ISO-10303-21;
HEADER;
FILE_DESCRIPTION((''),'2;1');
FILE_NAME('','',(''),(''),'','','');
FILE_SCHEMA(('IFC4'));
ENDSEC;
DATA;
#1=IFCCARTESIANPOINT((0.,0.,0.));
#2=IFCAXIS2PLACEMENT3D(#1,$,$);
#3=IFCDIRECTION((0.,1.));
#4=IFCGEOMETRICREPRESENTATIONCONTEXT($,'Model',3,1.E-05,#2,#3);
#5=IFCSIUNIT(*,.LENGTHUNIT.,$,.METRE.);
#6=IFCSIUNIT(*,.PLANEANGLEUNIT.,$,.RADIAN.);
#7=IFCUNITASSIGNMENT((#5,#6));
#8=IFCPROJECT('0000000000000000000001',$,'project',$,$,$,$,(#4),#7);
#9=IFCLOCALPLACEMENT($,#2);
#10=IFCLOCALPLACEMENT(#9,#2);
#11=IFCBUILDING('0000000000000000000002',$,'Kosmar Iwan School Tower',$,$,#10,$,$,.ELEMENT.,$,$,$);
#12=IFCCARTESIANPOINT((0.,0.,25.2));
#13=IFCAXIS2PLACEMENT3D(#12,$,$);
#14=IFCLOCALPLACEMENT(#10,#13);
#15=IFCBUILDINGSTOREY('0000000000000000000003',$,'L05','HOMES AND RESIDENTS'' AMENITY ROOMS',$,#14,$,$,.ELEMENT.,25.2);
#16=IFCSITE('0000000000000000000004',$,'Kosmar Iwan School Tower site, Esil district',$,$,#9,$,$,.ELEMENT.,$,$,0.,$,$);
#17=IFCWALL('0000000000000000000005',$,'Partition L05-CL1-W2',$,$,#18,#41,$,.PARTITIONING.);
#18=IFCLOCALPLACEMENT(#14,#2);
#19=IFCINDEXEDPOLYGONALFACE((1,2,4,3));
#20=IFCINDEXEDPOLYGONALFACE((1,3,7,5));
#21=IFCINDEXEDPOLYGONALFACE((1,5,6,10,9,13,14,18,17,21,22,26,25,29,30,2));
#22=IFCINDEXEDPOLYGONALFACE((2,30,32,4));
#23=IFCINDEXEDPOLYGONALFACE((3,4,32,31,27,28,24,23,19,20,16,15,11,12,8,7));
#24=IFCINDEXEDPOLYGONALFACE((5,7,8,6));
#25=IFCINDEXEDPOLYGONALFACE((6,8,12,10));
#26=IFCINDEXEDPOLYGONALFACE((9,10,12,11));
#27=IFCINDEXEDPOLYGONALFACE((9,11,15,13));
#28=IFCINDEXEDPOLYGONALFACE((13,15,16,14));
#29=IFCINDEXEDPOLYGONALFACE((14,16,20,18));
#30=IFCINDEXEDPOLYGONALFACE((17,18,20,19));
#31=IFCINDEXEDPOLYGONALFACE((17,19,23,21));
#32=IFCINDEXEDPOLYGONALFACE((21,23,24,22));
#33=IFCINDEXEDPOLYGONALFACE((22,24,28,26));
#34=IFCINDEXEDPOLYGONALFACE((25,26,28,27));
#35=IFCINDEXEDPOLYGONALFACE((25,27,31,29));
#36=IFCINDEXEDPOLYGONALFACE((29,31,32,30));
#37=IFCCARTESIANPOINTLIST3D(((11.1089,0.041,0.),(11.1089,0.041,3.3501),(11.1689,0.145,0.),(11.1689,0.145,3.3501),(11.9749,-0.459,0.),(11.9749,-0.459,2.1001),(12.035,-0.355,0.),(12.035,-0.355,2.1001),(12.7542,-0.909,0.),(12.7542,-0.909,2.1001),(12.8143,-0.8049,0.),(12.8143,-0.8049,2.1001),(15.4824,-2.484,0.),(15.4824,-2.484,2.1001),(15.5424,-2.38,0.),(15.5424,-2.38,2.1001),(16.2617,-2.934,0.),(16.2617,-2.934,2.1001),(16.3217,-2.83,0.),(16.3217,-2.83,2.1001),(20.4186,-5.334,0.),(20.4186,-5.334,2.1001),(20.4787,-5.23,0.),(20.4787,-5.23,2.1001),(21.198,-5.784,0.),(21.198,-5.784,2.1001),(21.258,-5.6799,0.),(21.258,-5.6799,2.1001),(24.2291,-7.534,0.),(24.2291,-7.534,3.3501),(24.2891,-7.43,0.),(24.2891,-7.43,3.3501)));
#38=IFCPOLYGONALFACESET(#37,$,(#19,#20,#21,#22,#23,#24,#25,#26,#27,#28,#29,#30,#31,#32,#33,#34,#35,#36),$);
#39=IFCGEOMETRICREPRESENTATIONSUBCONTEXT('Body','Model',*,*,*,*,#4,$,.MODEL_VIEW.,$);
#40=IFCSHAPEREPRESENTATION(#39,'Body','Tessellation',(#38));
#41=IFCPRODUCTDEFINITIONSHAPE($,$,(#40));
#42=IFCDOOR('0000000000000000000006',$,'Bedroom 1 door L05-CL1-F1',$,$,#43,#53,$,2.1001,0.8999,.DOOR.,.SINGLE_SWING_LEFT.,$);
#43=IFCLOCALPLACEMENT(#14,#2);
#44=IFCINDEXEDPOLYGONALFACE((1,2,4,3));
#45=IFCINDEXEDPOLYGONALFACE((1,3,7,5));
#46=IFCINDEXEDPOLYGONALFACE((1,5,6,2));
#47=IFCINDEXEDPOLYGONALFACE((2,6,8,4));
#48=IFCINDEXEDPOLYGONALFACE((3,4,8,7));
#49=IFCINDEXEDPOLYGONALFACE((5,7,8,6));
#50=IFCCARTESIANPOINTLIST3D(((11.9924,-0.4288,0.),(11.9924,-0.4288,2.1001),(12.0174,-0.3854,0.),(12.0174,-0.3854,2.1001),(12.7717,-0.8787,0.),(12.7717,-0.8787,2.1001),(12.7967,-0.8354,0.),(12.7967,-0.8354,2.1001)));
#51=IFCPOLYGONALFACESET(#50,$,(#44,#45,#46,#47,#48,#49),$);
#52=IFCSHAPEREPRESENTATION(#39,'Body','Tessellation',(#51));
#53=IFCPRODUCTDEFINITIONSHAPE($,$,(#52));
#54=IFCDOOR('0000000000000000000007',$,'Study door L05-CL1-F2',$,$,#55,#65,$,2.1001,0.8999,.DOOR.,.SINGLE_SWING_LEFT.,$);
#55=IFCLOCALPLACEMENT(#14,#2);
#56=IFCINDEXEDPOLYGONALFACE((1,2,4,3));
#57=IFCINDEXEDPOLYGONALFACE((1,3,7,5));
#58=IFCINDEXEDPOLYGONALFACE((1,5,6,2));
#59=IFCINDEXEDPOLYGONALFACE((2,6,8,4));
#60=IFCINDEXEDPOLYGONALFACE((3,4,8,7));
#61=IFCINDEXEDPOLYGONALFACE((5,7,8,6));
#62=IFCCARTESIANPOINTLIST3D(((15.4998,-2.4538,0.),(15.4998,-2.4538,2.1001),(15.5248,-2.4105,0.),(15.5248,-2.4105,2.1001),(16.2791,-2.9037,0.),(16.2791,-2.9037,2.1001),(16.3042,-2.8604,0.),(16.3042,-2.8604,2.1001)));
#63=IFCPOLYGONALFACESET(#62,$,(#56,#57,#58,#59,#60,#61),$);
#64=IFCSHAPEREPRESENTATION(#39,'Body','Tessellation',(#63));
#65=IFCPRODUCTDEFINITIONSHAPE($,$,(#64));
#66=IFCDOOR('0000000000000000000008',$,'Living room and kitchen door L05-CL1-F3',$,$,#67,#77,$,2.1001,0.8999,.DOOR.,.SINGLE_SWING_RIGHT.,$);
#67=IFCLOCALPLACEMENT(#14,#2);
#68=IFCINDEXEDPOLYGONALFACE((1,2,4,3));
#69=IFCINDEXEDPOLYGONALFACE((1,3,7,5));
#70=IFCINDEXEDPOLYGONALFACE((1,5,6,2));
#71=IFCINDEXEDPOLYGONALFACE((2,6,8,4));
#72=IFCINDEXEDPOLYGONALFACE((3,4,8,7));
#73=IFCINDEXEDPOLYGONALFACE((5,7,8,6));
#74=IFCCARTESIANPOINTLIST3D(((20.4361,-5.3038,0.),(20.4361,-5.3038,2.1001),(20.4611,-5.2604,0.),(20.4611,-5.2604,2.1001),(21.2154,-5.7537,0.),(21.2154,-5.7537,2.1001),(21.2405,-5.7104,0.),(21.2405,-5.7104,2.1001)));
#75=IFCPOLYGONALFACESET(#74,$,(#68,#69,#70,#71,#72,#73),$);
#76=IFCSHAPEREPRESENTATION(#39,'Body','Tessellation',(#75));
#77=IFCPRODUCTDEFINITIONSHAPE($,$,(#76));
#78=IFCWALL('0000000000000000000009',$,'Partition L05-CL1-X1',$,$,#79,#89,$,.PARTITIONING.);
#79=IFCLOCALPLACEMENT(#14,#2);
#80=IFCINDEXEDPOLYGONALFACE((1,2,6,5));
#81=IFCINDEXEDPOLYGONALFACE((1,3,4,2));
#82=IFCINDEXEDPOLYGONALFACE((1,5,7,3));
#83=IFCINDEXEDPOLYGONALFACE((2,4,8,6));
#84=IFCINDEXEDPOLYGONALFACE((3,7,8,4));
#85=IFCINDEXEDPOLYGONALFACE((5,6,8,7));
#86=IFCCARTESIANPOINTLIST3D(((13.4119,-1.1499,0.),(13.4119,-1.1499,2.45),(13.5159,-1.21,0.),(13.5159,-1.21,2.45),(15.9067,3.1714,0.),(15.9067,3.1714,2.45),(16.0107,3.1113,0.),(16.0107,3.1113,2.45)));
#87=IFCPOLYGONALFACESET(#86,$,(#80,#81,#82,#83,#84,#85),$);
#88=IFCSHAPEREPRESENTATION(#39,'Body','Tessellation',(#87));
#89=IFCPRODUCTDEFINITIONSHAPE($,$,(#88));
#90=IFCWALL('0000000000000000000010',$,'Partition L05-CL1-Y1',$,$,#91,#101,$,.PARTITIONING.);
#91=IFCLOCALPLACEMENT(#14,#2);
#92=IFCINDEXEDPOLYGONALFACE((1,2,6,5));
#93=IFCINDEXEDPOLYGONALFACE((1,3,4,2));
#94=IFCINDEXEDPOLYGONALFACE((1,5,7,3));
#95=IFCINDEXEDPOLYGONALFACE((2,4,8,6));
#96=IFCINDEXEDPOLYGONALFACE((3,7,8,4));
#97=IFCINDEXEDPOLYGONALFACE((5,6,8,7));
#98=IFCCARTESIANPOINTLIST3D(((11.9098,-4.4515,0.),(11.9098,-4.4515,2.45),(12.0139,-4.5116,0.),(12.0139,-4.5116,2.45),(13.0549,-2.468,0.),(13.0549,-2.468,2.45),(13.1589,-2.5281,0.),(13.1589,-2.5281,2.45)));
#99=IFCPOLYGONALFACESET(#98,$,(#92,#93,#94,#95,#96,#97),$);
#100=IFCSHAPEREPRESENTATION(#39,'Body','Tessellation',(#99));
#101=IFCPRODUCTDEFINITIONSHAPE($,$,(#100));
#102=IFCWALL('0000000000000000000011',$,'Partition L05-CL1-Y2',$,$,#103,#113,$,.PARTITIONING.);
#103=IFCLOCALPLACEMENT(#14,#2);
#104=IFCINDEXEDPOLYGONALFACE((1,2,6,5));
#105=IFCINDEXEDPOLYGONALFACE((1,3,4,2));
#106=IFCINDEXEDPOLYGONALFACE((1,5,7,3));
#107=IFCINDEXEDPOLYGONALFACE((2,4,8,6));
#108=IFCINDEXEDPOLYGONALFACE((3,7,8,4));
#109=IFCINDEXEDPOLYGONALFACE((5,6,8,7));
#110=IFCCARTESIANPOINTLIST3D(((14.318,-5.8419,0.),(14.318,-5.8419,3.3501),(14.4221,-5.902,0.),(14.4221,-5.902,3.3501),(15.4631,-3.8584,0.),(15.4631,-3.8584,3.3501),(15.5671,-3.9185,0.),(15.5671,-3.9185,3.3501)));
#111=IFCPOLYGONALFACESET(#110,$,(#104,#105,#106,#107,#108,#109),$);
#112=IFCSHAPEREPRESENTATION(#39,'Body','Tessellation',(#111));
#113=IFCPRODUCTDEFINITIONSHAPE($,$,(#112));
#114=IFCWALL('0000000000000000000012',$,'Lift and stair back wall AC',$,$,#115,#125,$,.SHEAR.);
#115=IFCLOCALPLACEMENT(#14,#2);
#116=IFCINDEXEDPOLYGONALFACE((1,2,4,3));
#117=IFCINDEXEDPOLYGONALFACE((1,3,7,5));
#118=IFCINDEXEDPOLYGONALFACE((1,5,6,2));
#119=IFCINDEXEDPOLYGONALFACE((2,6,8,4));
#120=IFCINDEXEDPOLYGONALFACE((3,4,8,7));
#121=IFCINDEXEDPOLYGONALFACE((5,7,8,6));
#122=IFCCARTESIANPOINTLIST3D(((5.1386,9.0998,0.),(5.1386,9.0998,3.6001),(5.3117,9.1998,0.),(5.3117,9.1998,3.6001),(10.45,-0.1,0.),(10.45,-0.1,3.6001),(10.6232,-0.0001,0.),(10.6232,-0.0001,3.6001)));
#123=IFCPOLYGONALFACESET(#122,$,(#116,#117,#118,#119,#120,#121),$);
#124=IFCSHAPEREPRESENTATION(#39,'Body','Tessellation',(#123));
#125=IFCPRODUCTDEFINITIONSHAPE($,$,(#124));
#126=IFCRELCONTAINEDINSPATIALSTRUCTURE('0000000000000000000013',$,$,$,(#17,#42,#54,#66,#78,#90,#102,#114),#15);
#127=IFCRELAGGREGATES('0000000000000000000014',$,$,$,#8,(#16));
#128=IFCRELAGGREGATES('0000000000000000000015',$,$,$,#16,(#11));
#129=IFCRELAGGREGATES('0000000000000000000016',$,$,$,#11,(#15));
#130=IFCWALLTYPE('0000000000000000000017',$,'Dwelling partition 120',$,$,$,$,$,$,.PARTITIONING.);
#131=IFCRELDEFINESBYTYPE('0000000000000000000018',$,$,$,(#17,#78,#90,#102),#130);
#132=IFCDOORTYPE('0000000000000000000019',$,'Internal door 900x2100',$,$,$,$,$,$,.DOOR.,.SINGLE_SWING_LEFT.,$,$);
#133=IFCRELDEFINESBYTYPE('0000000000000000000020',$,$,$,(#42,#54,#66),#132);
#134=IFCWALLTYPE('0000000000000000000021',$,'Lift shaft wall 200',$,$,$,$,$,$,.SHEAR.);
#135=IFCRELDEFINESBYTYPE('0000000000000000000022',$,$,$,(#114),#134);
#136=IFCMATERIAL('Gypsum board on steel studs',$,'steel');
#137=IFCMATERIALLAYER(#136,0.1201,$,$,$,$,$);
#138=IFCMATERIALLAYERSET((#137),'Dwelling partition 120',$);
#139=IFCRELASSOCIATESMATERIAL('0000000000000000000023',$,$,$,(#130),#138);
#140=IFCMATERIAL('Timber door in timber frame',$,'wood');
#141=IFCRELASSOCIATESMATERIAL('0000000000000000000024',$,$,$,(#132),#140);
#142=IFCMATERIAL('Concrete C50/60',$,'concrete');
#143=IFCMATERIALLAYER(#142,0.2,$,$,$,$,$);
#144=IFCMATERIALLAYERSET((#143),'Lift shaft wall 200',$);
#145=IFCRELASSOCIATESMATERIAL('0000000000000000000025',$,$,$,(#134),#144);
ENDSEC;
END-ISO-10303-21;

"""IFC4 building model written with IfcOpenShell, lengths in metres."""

from ifc_helpers import new_model, si_unit, direction, frame, frame_2d, origin, place, context, subcontext, project, spatial, rectangle, extrude, material, layer, layer_set, type_object, element, fill, save


model = new_model("IFC4")

# Units and contexts
model_context = context("Model", 3, precision=1e-05, world=origin(), true_north=direction((0.0, 1.0)))
body_context = subcontext(model_context, "Body", "Model", "MODEL_VIEW")
ifc_project = project(units=[si_unit("LENGTHUNIT", "METRE"), si_unit("PLANEANGLEUNIT", "RADIAN")], contexts=[model_context])

# Site, building, storey
site_placement = place(None, origin())
site = spatial("IfcSite", under=ifc_project, at=site_placement, Name="Kosmar Iwan School Tower site, Esil district", CompositionType="ELEMENT", RefElevation=0.0)
building_placement = place(site_placement, origin())
building = spatial("IfcBuilding", under=site, at=building_placement, Name="Kosmar Iwan School Tower", CompositionType="ELEMENT")
storey_placement = place(building_placement, frame((0.0, 0.0, 25.2)))
storey = spatial("IfcBuildingStorey", under=building, at=storey_placement, Name="L05", Description="HOMES AND RESIDENTS' AMENITY ROOMS", CompositionType="ELEMENT", Elevation=25.2)

# Wall, openings, doors
ifc_material_1 = material(Name="Gypsum board on steel studs", Category="steel")
ifc_layer_1 = layer(ifc_material_1, 0.1201)
ifc_layer_set_1 = layer_set([ifc_layer_1], Name="Dwelling partition 120")
wall_type_1 = type_object("IfcWallType", Name="Dwelling partition 120", PredefinedType="PARTITIONING", material=ifc_layer_set_1)
ifc_material_2 = material(Name="Timber door in timber frame", Category="wood")
door_type_1 = type_object("IfcDoorType", Name="Internal door 900x2100", OperationType="SINGLE_SWING_LEFT", PredefinedType="DOOR", material=ifc_material_2)
wall_1_placement = place(storey_placement, frame((11.1389, 0.093, 0.0), z_axis=(0.0, 0.0, 1.0), x_axis=(0.866024, -0.500002, 0.0)))
wall_1 = element("IfcWall", 1, at=wall_1_placement, inside=storey, type_object=wall_type_1, Name="Partition L05-CL1-W2", PredefinedType="PARTITIONING", context=body_context, shape_type="SweptSolid", body=[
    extrude(rectangle(XDim=15.1499, YDim=0.1201, at=frame_2d((7.575, 0.0))), origin(), (0.0, 0.0, 1.0), 3.3501),
])
opening_1_placement = place(wall_1_placement, frame((1.0, 0.0, 0.0)))
opening_1 = element("IfcOpeningElement", 2, at=opening_1_placement, cuts=wall_1, PredefinedType="OPENING", context=body_context, shape_type="SweptSolid", body=[
    extrude(rectangle(XDim=0.8999, YDim=2.1001, at=frame_2d((0.45, 1.05))), frame((0.0, 0.072, 0.0), z_axis=(0.0, -1.0, 0.0), x_axis=(1.0, 0.0, 0.0)), (0.0, 0.0, 1.0), 0.144),
])
opening_2_placement = place(wall_1_placement, frame((5.05, 0.0, 0.0)))
opening_2 = element("IfcOpeningElement", 3, at=opening_2_placement, cuts=wall_1, PredefinedType="OPENING", context=body_context, shape_type="SweptSolid", body=[
    extrude(rectangle(XDim=0.8999, YDim=2.1001, at=frame_2d((0.45, 1.05))), frame((0.0, 0.072, 0.0), z_axis=(0.0, -1.0, 0.0), x_axis=(1.0, 0.0, 0.0)), (0.0, 0.0, 1.0), 0.144),
])
opening_3_placement = place(wall_1_placement, frame((10.75, 0.0, 0.0)))
opening_3 = element("IfcOpeningElement", 4, at=opening_3_placement, cuts=wall_1, PredefinedType="OPENING", context=body_context, shape_type="SweptSolid", body=[
    extrude(rectangle(XDim=0.8999, YDim=2.1001, at=frame_2d((0.45, 1.05))), frame((0.0, 0.072, 0.0), z_axis=(0.0, -1.0, 0.0), x_axis=(1.0, 0.0, 0.0)), (0.0, 0.0, 1.0), 0.144),
])
door_1_placement = place(opening_1_placement, origin())
door_1 = element("IfcDoor", 5, at=door_1_placement, inside=storey, type_object=door_type_1, Name="Bedroom 1 door L05-CL1-F1", OperationType="SINGLE_SWING_LEFT", OverallHeight=2.1001, OverallWidth=0.8999, PredefinedType="DOOR", context=body_context, shape_type="SweptSolid", body=[
    extrude(rectangle(XDim=0.8999, YDim=2.1001, at=frame_2d((0.45, 1.05))), frame((0.0, 0.0249, 0.0), z_axis=(0.0, -1.0, 0.0), x_axis=(1.0, 0.0, 0.0)), (0.0, 0.0, 1.0), 0.05),
])
fill(opening_1, door_1)
door_2_placement = place(opening_2_placement, origin())
door_2 = element("IfcDoor", 6, at=door_2_placement, inside=storey, type_object=door_type_1, Name="Study door L05-CL1-F2", OperationType="SINGLE_SWING_LEFT", OverallHeight=2.1001, OverallWidth=0.8999, PredefinedType="DOOR", context=body_context, shape_type="SweptSolid", body=[
    extrude(rectangle(XDim=0.8999, YDim=2.1001, at=frame_2d((0.45, 1.05))), frame((0.0, 0.0249, 0.0), z_axis=(0.0, -1.0, 0.0), x_axis=(1.0, 0.0, 0.0)), (0.0, 0.0, 1.0), 0.05),
])
fill(opening_2, door_2)
door_3_placement = place(opening_3_placement, origin())
door_3 = element("IfcDoor", 7, at=door_3_placement, inside=storey, type_object=door_type_1, Name="Living room and kitchen door L05-CL1-F3", OperationType="SINGLE_SWING_RIGHT", OverallHeight=2.1001, OverallWidth=0.8999, PredefinedType="DOOR", context=body_context, shape_type="SweptSolid", body=[
    extrude(rectangle(XDim=0.8999, YDim=2.1001, at=frame_2d((0.45, 1.05))), frame((0.0, 0.0249, 0.0), z_axis=(0.0, -1.0, 0.0), x_axis=(1.0, 0.0, 0.0)), (0.0, 0.0, 1.0), 0.05),
])
fill(opening_3, door_3)

# Walls
wall_2_placement = place(storey_placement, frame((13.4639, -1.1799, 0.0), z_axis=(0.0, 0.0, 1.0), x_axis=(0.499996, 0.866028, 0.0)))
element("IfcWall", 8, at=wall_2_placement, inside=storey, type_object=wall_type_1, Name="Partition L05-CL1-X1", PredefinedType="PARTITIONING", context=body_context, shape_type="SweptSolid", body=[
    extrude(rectangle(XDim=4.9897, YDim=0.1201, at=frame_2d((2.4949, 0.0))), origin(), (0.0, 0.0, 1.0), 2.45),
])
wall_3_placement = place(storey_placement, frame((11.9619, -4.4814, 0.0), z_axis=(0.0, 0.0, 1.0), x_axis=(0.499969, 0.866044, 0.0)))
element("IfcWall", 9, at=wall_3_placement, inside=storey, type_object=wall_type_1, Name="Partition L05-CL1-Y1", PredefinedType="PARTITIONING", context=body_context, shape_type="SweptSolid", body=[
    extrude(rectangle(XDim=2.2903, YDim=0.1201, at=frame_2d((1.145, 0.0))), origin(), (0.0, 0.0, 1.0), 2.45),
])
wall_4_placement = place(storey_placement, frame((14.3701, -5.8718, 0.0), z_axis=(0.0, 0.0, 1.0), x_axis=(0.499969, 0.866044, 0.0)))
element("IfcWall", 10, at=wall_4_placement, inside=storey, type_object=wall_type_1, Name="Partition L05-CL1-Y2", PredefinedType="PARTITIONING", context=body_context, shape_type="SweptSolid", body=[
    extrude(rectangle(XDim=2.2903, YDim=0.1201, at=frame_2d((1.145, 0.0))), origin(), (0.0, 0.0, 1.0), 3.3501),
])
ifc_material_3 = material(Name="Concrete C50/60", Category="concrete")
ifc_layer_2 = layer(ifc_material_3, 0.2)
ifc_layer_set_2 = layer_set([ifc_layer_2], Name="Lift shaft wall 200")
wall_type_2 = type_object("IfcWallType", Name="Lift shaft wall 200", PredefinedType="SHEAR", material=ifc_layer_set_2)
wall_5_placement = place(storey_placement, frame((10.5366, -0.05, 0.0), z_axis=(0.0, 0.0, 1.0), x_axis=(-0.499995, 0.866028, 0.0)))
element("IfcWall", 11, at=wall_5_placement, inside=storey, type_object=wall_type_2, Name="Lift and stair back wall AC", PredefinedType="SHEAR", context=body_context, shape_type="SweptSolid", body=[
    extrude(rectangle(XDim=10.623, YDim=0.2, at=frame_2d((5.3115, 0.0))), origin(), (0.0, 0.0, 1.0), 3.6001),
])

save(model, "model.ifc")
